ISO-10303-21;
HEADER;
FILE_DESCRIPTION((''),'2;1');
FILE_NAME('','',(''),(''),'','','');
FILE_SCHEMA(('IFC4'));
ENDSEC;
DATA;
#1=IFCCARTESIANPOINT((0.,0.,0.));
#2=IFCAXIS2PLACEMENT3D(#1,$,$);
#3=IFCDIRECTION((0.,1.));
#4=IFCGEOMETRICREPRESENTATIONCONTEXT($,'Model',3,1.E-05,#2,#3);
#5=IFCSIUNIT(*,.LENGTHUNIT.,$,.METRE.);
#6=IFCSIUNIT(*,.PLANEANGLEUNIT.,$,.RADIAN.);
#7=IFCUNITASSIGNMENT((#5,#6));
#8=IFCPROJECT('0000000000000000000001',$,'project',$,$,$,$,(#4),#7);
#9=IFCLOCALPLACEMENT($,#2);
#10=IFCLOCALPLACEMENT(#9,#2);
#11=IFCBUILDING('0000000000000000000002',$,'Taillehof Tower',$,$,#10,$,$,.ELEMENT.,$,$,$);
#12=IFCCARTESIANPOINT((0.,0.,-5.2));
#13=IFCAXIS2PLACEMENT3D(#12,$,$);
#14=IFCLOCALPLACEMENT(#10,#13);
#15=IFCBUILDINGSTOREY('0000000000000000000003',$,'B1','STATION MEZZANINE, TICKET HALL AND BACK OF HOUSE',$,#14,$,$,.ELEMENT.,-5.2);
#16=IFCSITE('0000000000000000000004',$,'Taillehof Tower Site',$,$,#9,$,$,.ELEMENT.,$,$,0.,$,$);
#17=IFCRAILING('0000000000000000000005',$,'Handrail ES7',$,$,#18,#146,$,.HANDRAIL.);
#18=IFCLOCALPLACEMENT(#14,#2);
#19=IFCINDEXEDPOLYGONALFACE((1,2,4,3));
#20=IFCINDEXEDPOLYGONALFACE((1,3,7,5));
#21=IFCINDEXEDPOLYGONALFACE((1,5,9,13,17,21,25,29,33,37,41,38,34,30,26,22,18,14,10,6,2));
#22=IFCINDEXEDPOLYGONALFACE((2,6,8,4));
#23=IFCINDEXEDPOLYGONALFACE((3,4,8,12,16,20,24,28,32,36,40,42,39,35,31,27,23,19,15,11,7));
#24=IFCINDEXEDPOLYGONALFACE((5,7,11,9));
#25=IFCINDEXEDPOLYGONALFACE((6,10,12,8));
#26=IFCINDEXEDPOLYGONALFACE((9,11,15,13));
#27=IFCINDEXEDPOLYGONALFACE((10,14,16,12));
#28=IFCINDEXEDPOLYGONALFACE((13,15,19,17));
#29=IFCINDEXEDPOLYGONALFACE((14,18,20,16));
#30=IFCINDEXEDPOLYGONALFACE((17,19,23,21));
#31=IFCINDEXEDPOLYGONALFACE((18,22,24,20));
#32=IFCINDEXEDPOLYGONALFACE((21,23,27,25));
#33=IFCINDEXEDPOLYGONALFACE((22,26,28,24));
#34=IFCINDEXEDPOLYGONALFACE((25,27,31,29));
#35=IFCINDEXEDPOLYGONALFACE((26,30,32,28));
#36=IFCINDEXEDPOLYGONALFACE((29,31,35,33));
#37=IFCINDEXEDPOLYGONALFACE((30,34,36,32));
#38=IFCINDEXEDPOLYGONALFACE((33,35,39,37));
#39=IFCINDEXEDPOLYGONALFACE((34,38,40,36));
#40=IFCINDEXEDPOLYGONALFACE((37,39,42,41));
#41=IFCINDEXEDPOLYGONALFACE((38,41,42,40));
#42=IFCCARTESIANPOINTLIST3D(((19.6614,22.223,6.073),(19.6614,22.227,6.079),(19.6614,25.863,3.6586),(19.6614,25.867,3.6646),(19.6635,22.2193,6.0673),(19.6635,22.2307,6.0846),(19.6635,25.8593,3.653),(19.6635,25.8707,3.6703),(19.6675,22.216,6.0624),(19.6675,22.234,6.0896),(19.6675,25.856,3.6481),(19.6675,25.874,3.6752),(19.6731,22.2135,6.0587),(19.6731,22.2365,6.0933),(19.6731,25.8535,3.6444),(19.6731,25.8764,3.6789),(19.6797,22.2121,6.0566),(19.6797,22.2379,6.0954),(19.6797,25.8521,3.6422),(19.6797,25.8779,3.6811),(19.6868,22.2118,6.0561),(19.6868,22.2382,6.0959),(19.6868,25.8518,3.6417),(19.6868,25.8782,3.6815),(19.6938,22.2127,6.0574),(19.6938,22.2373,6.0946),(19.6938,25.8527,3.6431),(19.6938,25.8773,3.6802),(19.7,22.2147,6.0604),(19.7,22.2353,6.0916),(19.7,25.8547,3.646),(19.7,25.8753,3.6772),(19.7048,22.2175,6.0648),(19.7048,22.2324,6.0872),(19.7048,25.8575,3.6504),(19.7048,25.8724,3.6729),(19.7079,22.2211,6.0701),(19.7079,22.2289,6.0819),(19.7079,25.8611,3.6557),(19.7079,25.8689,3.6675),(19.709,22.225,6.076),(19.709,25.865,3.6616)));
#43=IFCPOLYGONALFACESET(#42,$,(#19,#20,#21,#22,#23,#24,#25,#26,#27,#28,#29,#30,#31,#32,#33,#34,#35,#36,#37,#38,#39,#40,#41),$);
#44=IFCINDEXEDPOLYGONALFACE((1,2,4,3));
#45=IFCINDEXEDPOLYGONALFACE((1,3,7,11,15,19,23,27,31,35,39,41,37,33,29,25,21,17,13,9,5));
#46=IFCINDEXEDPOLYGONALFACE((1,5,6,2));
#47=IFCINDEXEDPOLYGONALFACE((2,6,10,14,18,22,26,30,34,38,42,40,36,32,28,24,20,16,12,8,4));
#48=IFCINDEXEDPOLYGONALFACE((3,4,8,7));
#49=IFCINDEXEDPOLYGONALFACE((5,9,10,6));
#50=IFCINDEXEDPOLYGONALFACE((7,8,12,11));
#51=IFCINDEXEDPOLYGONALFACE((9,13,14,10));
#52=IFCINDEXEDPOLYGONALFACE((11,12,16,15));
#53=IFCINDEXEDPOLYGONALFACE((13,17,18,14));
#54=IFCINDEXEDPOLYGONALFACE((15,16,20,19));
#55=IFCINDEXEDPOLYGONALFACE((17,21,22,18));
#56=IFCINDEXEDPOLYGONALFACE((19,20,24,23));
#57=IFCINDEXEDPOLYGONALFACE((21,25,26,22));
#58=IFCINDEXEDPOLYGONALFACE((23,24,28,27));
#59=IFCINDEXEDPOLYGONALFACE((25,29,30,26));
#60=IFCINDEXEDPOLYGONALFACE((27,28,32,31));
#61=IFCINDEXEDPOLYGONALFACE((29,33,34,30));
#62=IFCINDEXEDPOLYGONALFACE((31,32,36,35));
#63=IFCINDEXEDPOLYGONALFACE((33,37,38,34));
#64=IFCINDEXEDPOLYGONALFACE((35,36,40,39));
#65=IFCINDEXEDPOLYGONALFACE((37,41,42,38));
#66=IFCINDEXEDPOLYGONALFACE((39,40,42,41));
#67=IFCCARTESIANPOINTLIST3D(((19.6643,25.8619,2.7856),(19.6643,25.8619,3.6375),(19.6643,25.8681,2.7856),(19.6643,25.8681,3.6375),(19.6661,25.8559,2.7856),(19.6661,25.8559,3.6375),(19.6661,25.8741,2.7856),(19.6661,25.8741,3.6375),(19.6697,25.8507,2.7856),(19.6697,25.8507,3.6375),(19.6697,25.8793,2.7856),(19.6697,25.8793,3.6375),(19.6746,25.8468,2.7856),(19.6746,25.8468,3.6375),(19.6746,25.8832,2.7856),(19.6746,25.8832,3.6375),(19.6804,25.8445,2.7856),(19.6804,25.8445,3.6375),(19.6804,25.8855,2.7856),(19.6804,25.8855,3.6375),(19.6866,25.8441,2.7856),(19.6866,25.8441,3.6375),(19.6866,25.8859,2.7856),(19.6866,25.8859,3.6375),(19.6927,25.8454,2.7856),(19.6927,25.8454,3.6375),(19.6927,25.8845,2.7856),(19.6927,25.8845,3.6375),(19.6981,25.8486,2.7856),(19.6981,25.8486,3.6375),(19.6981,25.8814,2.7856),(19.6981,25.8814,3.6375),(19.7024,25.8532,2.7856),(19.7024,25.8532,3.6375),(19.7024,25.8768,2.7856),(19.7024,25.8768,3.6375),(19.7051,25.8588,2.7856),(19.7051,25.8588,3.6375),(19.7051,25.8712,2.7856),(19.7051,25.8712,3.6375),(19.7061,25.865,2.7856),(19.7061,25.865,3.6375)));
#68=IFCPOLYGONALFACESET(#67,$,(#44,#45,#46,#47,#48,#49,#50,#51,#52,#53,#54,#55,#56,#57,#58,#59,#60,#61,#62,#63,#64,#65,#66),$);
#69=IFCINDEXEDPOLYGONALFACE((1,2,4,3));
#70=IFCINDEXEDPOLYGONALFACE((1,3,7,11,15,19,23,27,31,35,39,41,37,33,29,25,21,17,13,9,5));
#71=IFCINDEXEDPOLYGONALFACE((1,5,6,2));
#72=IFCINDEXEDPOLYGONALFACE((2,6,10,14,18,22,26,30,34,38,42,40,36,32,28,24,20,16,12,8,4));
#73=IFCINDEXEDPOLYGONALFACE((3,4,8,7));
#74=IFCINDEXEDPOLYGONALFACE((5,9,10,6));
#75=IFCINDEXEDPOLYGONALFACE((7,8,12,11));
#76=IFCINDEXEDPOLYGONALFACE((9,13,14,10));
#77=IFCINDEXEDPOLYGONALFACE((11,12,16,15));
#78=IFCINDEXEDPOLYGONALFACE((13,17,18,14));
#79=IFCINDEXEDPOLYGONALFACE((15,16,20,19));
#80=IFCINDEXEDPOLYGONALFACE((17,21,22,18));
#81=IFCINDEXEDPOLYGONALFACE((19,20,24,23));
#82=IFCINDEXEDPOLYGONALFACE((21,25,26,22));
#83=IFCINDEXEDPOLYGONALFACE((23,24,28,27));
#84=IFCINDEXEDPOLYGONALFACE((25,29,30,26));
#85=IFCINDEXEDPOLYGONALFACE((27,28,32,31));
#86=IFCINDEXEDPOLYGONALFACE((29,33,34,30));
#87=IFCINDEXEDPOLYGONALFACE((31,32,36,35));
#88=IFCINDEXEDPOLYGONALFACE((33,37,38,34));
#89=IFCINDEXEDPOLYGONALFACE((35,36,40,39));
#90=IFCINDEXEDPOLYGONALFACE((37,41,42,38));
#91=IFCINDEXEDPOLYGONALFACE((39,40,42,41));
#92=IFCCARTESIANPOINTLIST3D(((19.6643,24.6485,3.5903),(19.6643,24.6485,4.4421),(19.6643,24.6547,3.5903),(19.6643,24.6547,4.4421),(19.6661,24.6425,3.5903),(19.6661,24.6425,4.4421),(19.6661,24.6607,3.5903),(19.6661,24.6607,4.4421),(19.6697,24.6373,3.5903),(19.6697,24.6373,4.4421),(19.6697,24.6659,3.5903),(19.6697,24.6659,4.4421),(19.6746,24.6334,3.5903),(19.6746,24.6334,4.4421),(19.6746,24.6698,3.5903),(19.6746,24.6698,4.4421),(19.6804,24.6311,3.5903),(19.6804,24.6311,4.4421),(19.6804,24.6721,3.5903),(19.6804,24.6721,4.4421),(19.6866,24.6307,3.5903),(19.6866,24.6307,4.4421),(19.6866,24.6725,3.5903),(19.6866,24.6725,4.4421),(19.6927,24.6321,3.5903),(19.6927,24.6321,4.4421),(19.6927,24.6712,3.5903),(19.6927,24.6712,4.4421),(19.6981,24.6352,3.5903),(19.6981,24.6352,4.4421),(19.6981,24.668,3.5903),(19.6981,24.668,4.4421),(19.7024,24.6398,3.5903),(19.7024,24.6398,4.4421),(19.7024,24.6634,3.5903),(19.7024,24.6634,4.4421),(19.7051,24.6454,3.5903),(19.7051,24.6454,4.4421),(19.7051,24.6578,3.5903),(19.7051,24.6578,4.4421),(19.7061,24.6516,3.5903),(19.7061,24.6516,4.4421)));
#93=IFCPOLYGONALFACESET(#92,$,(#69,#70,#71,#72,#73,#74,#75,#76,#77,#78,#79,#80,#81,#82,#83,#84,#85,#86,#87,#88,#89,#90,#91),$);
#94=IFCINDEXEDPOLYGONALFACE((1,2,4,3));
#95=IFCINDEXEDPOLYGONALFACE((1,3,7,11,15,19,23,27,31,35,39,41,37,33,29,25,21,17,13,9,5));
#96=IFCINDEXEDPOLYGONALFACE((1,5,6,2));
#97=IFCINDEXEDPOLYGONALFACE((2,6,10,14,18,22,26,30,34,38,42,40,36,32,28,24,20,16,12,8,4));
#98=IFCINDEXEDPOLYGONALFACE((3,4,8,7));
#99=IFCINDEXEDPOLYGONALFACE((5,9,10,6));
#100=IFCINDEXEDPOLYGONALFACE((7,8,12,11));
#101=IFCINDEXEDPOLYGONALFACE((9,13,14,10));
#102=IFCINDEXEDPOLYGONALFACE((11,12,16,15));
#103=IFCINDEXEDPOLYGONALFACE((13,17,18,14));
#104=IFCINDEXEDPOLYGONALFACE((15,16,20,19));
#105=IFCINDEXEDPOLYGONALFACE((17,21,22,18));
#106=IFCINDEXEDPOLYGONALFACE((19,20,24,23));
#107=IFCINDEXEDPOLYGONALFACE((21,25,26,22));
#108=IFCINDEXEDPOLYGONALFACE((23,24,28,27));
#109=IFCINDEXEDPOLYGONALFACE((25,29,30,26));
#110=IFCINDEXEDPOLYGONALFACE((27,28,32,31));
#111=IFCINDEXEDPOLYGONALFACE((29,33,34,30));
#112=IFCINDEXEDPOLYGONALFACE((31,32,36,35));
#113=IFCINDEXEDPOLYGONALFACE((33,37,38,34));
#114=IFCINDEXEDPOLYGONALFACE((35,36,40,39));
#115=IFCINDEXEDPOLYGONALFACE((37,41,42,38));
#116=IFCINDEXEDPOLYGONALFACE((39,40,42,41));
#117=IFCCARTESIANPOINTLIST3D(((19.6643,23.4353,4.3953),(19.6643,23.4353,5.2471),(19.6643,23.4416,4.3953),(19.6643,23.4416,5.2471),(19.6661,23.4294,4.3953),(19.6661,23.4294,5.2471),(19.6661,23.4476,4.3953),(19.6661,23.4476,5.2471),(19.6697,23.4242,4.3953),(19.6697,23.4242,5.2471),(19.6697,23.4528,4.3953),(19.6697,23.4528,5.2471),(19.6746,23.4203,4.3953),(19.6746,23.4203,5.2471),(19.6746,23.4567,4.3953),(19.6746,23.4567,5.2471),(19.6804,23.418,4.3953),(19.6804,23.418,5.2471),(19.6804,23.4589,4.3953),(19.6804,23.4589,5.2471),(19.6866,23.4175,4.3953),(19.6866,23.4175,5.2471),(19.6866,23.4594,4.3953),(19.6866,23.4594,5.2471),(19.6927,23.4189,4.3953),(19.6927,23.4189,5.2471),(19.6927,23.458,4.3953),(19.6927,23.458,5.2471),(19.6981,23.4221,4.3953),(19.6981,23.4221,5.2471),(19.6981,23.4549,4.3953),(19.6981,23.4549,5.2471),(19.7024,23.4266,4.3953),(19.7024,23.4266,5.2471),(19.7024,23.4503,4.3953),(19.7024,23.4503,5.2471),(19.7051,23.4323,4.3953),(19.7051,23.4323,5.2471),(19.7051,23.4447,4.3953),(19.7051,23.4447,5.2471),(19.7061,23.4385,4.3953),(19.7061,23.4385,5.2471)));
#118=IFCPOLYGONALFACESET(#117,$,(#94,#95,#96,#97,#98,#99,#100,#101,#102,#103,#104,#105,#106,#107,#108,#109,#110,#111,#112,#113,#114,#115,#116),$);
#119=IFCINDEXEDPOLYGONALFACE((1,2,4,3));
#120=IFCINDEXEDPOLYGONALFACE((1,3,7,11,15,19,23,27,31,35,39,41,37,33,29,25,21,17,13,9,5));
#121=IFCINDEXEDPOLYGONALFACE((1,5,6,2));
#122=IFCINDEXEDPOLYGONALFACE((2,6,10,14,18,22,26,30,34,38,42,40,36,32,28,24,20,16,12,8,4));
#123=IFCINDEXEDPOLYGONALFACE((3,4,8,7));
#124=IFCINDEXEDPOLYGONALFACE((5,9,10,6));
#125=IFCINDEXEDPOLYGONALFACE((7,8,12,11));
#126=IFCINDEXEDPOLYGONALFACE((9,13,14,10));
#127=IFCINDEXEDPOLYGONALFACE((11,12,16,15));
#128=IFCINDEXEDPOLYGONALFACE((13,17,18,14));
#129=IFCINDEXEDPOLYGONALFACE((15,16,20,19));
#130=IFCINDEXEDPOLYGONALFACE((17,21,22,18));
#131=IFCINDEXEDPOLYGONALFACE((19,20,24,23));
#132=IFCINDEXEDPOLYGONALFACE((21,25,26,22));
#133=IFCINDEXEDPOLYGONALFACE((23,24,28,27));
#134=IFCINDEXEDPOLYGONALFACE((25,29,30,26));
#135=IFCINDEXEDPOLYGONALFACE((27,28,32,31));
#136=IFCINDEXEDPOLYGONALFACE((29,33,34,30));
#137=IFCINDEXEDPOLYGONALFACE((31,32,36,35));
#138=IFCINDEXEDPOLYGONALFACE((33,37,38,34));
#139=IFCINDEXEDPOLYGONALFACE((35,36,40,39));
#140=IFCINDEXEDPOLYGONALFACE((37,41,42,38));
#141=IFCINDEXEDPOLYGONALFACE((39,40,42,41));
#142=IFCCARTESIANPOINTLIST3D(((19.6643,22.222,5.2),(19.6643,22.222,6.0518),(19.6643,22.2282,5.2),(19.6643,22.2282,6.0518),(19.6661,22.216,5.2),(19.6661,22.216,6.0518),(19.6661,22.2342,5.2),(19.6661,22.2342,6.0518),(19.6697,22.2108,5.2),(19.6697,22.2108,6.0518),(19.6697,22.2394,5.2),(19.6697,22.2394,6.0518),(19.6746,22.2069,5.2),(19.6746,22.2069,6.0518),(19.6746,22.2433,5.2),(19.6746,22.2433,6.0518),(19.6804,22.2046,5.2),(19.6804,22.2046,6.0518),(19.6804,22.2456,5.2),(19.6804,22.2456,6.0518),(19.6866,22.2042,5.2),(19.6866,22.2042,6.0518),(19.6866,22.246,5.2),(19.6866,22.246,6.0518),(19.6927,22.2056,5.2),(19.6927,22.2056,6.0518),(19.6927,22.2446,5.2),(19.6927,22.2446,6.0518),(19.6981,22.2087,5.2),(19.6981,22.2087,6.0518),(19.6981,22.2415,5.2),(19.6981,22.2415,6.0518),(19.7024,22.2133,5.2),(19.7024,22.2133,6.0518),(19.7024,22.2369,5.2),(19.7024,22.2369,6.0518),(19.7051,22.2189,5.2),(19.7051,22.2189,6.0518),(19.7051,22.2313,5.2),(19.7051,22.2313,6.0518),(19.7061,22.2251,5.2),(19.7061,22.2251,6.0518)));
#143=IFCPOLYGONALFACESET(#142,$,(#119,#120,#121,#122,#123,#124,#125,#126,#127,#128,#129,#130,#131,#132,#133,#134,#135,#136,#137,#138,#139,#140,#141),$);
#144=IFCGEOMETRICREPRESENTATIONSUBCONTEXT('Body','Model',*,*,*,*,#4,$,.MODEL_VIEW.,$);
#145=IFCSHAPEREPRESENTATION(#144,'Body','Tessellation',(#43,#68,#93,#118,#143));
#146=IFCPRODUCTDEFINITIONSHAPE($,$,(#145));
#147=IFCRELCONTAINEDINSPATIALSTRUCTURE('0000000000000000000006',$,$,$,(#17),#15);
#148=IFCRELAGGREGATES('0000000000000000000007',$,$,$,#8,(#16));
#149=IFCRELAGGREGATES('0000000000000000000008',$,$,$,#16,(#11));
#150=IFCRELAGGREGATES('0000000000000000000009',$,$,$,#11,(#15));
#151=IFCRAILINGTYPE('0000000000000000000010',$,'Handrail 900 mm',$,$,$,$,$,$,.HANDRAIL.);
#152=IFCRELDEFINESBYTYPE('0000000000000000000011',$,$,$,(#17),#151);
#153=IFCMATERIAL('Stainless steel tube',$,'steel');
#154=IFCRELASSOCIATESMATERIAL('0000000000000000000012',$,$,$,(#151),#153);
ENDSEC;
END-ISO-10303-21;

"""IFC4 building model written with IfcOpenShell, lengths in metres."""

from ifc_helpers import new_model, si_unit, direction, frame, origin, origin_2d, place, context, subcontext, project, spatial, circle, extrude, material, type_object, element, save


model = new_model("IFC4")

# Units and contexts
model_context = context("Model", 3, precision=1e-05, world=origin(), true_north=direction((0.0, 1.0)))
body_context = subcontext(model_context, "Body", "Model", "MODEL_VIEW")
ifc_project = project(units=[si_unit("LENGTHUNIT", "METRE"), si_unit("PLANEANGLEUNIT", "RADIAN")], contexts=[model_context])

# Site, building, storey
site_placement = place(None, origin())
site = spatial("IfcSite", under=ifc_project, at=site_placement, Name="Taillehof Tower Site", CompositionType="ELEMENT", RefElevation=0.0)
building_placement = place(site_placement, origin())
building = spatial("IfcBuilding", under=site, at=building_placement, Name="Taillehof Tower", CompositionType="ELEMENT")
storey_placement = place(building_placement, frame((0.0, 0.0, -5.2)))
storey = spatial("IfcBuildingStorey", under=building, at=storey_placement, Name="B1", Description="STATION MEZZANINE, TICKET HALL AND BACK OF HOUSE", CompositionType="ELEMENT", Elevation=-5.2)

# Railing
ifc_material_1 = material(Name="Stainless steel tube", Category="steel")
railing_type = type_object("IfcRailingType", Name="Handrail 900 mm", PredefinedType="HANDRAIL", material=ifc_material_1)
for number, where, name in (
    (1, (19.6851, 25.865, 2.7856), "Handrail ES7"),
):
    element("IfcRailing", number, at=place(storey_placement, frame(where)), inside=storey, type_object=railing_type, Name=name, PredefinedType="HANDRAIL", context=body_context, shape_type="SweptSolid", body=[
        extrude(circle(Radius=0.0239, at=origin_2d()), frame((0.0, 0.0, 0.876), z_axis=(0.0, -0.833347, 0.552751), x_axis=(1.0, 0.0, 0.0)), (0.0, 0.0, 1.0), 4.3679),
        extrude(circle(Radius=0.021, at=origin_2d()), origin(), (0.0, 0.0, 1.0), 0.8518),
        extrude(circle(Radius=0.021, at=origin_2d()), frame((0.0, -1.2134, 0.8047)), (0.0, 0.0, 1.0), 0.8518),
        extrude(circle(Radius=0.021, at=origin_2d()), frame((0.0, -2.4265, 1.6096)), (0.0, 0.0, 1.0), 0.8518),
        extrude(circle(Radius=0.021, at=origin_2d()), frame((0.0, -3.6399, 2.4143)), (0.0, 0.0, 1.0), 0.8518),
    ])

save(model, "model.ifc")
